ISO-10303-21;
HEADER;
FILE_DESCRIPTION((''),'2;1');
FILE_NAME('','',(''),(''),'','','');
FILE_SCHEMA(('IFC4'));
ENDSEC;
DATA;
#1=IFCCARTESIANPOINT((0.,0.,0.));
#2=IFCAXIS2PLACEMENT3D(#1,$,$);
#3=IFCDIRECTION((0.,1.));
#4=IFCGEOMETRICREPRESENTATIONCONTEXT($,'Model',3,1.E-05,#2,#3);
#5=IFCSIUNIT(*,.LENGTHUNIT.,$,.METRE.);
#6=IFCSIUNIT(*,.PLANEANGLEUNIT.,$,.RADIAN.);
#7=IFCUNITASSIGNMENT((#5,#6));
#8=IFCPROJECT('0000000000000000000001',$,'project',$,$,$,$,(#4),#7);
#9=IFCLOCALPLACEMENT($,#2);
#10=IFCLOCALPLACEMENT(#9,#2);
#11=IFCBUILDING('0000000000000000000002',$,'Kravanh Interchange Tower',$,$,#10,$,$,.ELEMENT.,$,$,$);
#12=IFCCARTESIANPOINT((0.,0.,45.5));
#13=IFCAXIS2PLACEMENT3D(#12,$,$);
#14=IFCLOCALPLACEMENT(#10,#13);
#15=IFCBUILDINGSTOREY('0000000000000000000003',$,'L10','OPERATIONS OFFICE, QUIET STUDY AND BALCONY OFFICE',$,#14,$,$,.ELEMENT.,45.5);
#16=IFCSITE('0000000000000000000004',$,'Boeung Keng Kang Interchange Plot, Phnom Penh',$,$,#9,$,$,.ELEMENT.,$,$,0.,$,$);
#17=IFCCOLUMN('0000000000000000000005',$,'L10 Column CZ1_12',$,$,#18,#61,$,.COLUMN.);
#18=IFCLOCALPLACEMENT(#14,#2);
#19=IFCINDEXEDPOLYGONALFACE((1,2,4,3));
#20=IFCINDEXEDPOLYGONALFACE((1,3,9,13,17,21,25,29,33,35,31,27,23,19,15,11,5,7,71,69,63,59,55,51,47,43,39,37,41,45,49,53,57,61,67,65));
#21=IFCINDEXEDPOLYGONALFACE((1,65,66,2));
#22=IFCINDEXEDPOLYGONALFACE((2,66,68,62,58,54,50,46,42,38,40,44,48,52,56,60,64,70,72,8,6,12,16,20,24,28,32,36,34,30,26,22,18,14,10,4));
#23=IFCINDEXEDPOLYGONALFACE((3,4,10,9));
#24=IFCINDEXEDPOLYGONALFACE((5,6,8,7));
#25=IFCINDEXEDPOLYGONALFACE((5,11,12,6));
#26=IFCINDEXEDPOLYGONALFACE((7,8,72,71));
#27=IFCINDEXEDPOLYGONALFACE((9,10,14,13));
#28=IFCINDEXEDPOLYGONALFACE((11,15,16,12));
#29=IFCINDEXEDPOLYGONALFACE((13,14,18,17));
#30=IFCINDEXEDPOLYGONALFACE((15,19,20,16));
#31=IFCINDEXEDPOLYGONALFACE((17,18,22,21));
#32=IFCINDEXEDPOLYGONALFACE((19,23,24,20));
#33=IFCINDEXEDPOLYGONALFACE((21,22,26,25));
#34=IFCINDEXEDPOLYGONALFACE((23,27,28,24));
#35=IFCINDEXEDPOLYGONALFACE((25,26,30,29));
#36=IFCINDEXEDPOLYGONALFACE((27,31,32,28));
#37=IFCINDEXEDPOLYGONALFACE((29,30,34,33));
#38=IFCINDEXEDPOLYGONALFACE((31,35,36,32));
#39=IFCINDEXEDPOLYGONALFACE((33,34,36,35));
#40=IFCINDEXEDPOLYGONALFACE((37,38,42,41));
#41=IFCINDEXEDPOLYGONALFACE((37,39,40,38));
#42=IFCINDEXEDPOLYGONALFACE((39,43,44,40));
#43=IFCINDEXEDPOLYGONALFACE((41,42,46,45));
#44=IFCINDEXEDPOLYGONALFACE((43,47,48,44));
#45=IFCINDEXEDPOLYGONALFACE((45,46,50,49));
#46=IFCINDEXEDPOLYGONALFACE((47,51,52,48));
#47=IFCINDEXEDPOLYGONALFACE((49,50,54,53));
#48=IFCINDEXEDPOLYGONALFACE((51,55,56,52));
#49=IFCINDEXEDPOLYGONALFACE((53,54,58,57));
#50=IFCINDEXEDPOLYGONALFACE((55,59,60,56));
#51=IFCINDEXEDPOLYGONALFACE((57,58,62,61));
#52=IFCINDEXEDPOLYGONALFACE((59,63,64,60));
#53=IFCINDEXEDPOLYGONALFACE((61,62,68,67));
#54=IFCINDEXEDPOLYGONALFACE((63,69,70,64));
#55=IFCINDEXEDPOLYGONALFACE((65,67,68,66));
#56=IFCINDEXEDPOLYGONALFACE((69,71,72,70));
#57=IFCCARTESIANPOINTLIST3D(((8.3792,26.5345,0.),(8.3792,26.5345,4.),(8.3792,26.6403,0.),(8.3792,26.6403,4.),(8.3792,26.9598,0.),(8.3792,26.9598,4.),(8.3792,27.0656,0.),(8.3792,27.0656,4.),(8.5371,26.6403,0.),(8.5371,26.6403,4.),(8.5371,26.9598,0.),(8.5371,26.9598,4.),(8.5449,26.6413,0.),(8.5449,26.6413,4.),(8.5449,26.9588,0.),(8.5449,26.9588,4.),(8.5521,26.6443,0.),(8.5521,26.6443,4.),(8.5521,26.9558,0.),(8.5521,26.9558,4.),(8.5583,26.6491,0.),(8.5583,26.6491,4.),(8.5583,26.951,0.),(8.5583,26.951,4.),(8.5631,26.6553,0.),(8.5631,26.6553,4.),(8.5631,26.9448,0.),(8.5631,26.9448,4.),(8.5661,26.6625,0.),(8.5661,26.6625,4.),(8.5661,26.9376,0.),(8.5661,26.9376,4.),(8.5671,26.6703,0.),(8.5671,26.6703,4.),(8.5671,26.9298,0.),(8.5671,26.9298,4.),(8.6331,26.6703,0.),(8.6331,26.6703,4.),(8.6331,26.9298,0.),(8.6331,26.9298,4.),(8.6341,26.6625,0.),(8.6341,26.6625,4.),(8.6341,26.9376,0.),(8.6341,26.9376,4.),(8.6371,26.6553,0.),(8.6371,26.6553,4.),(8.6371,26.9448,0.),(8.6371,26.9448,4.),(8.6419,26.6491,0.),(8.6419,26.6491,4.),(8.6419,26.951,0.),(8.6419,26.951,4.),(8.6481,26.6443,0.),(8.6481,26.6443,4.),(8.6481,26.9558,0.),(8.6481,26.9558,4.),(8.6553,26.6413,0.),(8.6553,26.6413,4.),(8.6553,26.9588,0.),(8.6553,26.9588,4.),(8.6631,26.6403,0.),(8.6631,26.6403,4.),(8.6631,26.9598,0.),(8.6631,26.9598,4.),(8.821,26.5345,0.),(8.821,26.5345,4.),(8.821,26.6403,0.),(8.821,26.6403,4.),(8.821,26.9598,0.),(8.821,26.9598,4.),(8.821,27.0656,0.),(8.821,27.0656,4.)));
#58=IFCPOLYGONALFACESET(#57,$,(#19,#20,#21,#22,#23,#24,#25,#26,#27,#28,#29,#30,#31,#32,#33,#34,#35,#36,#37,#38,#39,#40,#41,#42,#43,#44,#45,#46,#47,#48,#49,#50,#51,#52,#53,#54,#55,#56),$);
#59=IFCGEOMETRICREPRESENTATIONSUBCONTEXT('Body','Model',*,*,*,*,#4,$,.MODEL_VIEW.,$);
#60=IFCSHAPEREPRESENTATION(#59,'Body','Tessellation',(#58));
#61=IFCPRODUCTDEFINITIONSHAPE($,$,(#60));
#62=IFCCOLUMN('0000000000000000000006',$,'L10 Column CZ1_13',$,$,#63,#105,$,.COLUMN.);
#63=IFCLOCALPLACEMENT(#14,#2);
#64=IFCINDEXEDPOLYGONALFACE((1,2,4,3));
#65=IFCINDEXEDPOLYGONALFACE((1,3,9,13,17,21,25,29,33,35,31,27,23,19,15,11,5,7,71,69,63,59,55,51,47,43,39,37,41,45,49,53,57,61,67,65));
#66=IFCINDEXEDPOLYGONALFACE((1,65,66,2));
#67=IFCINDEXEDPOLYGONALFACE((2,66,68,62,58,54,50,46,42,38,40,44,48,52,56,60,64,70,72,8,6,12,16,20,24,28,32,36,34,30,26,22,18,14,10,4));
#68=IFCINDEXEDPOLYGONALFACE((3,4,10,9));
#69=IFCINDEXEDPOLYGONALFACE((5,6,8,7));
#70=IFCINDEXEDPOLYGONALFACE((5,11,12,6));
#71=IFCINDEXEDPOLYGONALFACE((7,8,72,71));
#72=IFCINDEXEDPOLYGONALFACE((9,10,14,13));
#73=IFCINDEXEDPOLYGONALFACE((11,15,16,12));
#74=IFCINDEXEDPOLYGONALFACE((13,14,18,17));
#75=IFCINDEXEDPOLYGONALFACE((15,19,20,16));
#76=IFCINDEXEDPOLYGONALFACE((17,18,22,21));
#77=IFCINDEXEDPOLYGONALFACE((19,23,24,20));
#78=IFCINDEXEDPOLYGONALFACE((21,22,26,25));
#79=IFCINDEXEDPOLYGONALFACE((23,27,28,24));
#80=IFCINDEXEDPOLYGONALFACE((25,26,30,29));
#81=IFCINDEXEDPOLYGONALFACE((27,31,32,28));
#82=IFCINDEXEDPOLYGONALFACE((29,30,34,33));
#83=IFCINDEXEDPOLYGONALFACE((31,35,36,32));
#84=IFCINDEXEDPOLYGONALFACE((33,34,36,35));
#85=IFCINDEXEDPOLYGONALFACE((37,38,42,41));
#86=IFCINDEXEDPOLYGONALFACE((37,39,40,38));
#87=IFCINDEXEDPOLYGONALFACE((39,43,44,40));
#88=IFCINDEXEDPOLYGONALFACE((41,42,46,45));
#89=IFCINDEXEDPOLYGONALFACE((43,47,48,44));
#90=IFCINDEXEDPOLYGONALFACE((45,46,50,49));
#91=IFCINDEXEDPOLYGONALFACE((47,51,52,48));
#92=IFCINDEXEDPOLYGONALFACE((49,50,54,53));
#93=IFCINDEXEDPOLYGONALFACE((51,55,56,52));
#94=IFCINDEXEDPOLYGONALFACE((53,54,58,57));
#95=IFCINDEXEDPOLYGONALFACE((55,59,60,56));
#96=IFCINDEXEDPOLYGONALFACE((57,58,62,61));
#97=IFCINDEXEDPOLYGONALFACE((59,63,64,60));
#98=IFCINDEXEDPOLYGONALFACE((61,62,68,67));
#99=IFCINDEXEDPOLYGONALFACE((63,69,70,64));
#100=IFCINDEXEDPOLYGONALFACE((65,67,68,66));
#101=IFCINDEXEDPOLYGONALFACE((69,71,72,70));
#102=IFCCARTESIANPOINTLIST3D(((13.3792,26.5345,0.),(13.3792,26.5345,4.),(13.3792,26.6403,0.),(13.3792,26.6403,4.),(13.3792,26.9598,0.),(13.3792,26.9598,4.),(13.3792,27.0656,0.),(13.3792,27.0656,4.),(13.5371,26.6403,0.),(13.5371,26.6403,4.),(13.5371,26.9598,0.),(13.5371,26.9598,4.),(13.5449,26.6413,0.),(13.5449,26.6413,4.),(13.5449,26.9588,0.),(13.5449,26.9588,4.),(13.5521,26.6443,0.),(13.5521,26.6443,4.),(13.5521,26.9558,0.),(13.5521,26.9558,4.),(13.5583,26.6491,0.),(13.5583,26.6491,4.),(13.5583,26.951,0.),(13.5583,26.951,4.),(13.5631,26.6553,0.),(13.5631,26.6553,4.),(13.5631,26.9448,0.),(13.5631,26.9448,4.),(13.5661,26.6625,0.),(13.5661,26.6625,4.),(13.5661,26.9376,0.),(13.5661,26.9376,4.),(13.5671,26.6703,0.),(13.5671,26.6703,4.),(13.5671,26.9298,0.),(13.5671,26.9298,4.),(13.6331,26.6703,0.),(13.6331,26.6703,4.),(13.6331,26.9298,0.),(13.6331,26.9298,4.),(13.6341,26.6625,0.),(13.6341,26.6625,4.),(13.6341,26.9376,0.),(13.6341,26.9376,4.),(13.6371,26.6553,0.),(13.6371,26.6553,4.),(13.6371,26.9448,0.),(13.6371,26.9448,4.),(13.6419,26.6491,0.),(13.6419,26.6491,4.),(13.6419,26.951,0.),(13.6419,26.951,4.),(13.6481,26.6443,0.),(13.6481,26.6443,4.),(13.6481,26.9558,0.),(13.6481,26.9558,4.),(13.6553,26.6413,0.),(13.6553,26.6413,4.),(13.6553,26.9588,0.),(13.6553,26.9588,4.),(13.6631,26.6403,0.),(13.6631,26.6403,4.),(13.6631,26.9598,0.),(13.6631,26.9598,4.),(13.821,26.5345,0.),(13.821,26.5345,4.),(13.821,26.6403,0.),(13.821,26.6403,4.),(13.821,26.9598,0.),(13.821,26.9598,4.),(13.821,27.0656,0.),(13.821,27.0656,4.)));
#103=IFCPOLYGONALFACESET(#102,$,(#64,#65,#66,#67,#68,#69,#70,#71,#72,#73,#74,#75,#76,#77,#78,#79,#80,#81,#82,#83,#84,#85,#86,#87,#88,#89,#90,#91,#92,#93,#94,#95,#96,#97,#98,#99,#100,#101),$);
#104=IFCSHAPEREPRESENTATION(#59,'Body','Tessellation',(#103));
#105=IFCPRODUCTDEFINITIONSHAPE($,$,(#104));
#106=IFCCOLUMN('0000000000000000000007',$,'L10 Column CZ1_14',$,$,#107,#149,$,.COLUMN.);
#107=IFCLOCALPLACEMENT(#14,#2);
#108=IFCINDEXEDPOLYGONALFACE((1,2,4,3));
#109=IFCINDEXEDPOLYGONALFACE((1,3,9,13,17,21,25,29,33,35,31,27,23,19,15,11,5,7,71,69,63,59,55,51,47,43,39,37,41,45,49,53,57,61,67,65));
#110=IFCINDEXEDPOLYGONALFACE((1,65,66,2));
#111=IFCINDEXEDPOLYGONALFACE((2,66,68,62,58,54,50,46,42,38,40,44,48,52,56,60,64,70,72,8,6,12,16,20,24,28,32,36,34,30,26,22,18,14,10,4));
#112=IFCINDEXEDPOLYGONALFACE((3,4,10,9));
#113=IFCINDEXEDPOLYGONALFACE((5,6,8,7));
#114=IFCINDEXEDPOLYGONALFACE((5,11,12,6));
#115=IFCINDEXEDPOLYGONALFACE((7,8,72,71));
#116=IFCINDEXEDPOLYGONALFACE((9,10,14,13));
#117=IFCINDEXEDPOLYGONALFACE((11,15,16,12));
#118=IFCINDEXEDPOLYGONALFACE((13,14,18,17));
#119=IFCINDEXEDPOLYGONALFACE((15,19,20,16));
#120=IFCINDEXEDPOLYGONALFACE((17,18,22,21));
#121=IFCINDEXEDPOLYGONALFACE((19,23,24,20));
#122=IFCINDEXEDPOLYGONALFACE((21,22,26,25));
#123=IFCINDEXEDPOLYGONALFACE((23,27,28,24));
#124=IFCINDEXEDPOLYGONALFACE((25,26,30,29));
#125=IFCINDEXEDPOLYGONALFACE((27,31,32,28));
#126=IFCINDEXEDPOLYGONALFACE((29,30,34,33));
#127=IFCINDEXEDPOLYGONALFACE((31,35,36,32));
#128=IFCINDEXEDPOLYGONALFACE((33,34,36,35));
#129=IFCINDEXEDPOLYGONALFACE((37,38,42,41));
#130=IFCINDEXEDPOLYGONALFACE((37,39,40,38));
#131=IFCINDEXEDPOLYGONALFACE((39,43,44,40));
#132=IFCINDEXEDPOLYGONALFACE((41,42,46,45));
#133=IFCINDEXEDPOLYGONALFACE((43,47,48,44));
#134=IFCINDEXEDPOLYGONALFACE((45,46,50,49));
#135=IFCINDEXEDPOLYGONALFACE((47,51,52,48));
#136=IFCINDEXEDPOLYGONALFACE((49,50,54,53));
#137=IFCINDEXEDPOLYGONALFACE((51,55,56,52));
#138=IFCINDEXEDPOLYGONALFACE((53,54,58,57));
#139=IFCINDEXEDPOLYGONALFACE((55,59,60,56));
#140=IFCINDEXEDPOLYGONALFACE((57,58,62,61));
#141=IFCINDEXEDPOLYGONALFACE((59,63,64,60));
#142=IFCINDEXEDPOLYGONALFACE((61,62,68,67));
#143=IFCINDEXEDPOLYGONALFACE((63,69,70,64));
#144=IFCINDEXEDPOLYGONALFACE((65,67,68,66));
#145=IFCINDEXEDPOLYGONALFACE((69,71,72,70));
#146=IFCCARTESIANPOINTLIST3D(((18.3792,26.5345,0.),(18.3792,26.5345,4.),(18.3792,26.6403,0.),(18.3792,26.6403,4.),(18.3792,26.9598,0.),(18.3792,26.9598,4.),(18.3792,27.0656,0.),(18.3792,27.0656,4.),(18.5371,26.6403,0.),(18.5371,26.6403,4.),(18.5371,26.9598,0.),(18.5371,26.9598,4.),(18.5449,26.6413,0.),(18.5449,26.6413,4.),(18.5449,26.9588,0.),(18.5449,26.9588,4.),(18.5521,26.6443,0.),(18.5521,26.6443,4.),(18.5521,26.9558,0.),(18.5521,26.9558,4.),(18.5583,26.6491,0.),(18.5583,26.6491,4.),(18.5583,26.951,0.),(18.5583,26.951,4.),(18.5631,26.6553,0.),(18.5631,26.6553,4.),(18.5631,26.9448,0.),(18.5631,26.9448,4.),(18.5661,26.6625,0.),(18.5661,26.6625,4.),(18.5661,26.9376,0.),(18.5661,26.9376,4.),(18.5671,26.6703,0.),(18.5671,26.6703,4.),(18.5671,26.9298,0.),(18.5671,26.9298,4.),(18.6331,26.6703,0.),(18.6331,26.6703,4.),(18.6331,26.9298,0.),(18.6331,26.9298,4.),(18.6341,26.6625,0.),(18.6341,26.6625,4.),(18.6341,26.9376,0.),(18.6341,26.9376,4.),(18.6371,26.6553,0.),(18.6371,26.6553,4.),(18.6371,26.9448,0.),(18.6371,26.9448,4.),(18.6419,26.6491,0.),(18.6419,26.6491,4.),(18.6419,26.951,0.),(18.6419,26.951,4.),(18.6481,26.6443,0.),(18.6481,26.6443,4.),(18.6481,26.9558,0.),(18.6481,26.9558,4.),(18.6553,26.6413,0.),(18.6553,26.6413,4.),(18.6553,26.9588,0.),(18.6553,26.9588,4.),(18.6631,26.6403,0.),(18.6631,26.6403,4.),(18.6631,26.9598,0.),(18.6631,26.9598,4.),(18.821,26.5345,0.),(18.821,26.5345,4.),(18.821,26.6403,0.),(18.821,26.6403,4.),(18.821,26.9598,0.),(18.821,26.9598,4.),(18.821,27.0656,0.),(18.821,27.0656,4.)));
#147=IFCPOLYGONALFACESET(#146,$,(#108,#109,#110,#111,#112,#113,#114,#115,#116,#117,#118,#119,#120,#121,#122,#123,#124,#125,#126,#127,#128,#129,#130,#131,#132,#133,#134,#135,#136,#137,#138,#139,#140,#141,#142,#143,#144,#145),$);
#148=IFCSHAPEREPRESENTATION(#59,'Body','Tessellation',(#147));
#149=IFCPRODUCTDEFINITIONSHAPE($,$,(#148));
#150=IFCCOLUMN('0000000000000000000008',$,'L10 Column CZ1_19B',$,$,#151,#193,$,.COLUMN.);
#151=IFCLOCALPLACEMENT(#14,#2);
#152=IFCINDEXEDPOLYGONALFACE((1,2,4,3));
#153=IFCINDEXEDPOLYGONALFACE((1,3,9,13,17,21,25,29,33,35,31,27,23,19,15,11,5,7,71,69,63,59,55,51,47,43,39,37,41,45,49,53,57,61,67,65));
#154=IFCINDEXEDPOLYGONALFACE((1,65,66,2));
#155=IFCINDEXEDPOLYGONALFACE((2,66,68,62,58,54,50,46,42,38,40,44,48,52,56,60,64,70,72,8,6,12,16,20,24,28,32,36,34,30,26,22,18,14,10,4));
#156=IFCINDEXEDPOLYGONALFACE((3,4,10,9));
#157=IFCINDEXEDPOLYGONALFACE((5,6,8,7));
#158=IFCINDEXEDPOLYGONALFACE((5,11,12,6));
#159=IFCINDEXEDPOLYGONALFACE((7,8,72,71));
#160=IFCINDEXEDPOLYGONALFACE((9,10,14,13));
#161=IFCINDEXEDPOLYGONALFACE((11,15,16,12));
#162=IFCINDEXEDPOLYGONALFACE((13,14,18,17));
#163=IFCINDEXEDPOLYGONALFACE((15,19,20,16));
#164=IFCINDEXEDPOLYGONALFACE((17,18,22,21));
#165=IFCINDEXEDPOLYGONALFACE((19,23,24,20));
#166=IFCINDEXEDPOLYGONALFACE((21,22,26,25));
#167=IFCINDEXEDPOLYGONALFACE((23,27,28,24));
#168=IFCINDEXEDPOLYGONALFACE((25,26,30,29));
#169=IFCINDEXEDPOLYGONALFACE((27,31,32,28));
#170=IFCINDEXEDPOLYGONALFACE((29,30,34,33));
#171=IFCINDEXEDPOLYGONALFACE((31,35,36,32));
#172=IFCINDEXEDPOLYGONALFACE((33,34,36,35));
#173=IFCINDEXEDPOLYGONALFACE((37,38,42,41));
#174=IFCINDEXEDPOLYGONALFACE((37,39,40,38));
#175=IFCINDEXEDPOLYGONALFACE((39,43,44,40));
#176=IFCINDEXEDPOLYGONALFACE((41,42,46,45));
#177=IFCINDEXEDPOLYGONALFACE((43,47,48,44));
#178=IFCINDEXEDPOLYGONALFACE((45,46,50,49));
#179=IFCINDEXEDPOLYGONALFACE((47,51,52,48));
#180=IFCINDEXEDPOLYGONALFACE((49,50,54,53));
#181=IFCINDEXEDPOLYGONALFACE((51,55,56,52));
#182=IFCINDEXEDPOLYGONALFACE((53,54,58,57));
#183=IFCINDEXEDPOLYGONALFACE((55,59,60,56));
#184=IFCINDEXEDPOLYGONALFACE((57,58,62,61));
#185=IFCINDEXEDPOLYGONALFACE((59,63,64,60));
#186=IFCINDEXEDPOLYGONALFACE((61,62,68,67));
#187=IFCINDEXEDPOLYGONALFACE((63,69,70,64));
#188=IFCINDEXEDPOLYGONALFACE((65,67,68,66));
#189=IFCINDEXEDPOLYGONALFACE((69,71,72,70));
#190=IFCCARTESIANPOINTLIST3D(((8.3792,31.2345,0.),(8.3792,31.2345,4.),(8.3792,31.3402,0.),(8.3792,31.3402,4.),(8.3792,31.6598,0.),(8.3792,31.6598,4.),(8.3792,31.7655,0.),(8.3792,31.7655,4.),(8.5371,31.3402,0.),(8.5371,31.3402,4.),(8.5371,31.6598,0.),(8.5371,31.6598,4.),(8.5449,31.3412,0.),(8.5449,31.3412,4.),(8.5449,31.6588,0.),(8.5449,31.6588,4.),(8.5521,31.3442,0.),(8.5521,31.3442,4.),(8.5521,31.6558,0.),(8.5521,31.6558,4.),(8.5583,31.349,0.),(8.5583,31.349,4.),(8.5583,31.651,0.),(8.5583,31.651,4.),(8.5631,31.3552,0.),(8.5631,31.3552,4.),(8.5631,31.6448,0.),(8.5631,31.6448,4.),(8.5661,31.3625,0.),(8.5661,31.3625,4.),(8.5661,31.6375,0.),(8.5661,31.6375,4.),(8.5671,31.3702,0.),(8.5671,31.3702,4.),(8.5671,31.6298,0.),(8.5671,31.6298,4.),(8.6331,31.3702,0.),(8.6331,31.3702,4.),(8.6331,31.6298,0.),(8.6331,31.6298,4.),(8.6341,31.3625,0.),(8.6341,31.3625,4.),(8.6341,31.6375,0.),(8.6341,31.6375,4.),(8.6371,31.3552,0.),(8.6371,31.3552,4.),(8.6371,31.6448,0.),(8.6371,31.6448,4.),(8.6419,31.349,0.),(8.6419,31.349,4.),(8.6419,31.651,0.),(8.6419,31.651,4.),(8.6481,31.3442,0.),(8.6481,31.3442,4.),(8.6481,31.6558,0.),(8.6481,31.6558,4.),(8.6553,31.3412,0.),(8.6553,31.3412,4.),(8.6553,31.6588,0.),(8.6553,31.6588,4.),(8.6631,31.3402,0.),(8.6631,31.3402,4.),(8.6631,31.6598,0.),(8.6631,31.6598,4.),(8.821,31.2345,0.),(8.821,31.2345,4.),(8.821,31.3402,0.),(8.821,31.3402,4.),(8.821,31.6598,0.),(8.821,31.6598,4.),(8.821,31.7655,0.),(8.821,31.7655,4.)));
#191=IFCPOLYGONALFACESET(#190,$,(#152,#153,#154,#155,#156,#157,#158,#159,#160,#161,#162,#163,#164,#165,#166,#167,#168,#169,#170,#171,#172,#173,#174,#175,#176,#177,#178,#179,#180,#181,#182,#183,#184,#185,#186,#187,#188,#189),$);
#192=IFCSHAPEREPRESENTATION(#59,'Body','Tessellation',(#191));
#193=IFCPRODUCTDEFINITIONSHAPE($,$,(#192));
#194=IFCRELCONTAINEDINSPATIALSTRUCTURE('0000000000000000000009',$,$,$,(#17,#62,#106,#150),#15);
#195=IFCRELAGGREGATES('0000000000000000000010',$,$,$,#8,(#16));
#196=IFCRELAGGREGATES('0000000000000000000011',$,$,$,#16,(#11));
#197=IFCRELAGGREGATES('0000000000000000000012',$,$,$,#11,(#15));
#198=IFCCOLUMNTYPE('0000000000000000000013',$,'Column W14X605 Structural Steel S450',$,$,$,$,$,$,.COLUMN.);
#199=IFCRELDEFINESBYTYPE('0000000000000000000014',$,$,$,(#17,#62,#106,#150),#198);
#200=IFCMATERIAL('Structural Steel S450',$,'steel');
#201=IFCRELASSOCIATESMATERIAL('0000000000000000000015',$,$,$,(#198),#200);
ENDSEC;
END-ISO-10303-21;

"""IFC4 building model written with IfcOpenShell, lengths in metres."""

from ifc_helpers import new_model, si_unit, direction, frame, origin, origin_2d, place, context, subcontext, project, spatial, i_section, extrude, material, material_profile, profile_set, type_object, element, save


model = new_model("IFC4")

# Units and contexts
model_context = context("Model", 3, precision=1e-05, world=origin(), true_north=direction((0.0, 1.0)))
body_context = subcontext(model_context, "Body", "Model", "MODEL_VIEW")
ifc_project = project(units=[si_unit("LENGTHUNIT", "METRE"), si_unit("PLANEANGLEUNIT", "RADIAN")], contexts=[model_context])

# Site, building, storey
site_placement = place(None, origin())
site = spatial("IfcSite", under=ifc_project, at=site_placement, Name="Boeung Keng Kang Interchange Plot, Phnom Penh", CompositionType="ELEMENT", RefElevation=0.0)
building_placement = place(site_placement, origin())
building = spatial("IfcBuilding", under=site, at=building_placement, Name="Kravanh Interchange Tower", CompositionType="ELEMENT")
storey_placement = place(building_placement, frame((0.0, 0.0, 45.5)))
storey = spatial("IfcBuildingStorey", under=building, at=storey_placement, Name="L10", Description="OPERATIONS OFFICE, QUIET STUDY AND BALCONY OFFICE", CompositionType="ELEMENT", Elevation=45.5)

# Columns
ifc_material_1 = material(Name="Structural Steel S450", Category="steel")
ifc_material_profile_1 = material_profile(ifc_material_1, i_section(OverallWidth=0.4419, OverallDepth=0.531, WebThickness=0.0659, FlangeThickness=0.1057, FilletRadius=0.03, at=origin_2d()), Name="W14X605")
ifc_profile_set_1 = profile_set([ifc_material_profile_1], Name="Structural Steel S450")
column_type = type_object("IfcColumnType", Name="Column W14X605 Structural Steel S450", PredefinedType="COLUMN", material=ifc_profile_set_1)
for number, where, z_axis, x_axis, name in (
    (1, (8.6001, 26.8, 0.0), (0.0, 0.0, 1.0), (1.0, 0.0, 0.0), "L10 Column CZ1_12"),
    (2, (13.6001, 26.8, 0.0), (0.0, 0.0, 1.0), (1.0, 0.0, 0.0), "L10 Column CZ1_13"),
    (3, (18.6001, 26.8, 0.0), (0.0, 0.0, 1.0), (1.0, 0.0, 0.0), "L10 Column CZ1_14"),
    (4, (8.6001, 31.5, 0.0), (0.0, 0.0, 1.0), (1.0, 0.0, 0.0), "L10 Column CZ1_19B"),
):
    element("IfcColumn", number, at=place(storey_placement, frame(where, z_axis=z_axis, x_axis=x_axis)), inside=storey, type_object=column_type, Name=name, PredefinedType="COLUMN", context=body_context, shape_type="SweptSolid", body=[
        extrude(i_section(OverallWidth=0.4419, OverallDepth=0.531, WebThickness=0.0659, FlangeThickness=0.1057, FilletRadius=0.03, at=origin_2d()), origin(), (0.0, 0.0, 1.0), 4.0),
    ])

save(model, "model.ifc")
